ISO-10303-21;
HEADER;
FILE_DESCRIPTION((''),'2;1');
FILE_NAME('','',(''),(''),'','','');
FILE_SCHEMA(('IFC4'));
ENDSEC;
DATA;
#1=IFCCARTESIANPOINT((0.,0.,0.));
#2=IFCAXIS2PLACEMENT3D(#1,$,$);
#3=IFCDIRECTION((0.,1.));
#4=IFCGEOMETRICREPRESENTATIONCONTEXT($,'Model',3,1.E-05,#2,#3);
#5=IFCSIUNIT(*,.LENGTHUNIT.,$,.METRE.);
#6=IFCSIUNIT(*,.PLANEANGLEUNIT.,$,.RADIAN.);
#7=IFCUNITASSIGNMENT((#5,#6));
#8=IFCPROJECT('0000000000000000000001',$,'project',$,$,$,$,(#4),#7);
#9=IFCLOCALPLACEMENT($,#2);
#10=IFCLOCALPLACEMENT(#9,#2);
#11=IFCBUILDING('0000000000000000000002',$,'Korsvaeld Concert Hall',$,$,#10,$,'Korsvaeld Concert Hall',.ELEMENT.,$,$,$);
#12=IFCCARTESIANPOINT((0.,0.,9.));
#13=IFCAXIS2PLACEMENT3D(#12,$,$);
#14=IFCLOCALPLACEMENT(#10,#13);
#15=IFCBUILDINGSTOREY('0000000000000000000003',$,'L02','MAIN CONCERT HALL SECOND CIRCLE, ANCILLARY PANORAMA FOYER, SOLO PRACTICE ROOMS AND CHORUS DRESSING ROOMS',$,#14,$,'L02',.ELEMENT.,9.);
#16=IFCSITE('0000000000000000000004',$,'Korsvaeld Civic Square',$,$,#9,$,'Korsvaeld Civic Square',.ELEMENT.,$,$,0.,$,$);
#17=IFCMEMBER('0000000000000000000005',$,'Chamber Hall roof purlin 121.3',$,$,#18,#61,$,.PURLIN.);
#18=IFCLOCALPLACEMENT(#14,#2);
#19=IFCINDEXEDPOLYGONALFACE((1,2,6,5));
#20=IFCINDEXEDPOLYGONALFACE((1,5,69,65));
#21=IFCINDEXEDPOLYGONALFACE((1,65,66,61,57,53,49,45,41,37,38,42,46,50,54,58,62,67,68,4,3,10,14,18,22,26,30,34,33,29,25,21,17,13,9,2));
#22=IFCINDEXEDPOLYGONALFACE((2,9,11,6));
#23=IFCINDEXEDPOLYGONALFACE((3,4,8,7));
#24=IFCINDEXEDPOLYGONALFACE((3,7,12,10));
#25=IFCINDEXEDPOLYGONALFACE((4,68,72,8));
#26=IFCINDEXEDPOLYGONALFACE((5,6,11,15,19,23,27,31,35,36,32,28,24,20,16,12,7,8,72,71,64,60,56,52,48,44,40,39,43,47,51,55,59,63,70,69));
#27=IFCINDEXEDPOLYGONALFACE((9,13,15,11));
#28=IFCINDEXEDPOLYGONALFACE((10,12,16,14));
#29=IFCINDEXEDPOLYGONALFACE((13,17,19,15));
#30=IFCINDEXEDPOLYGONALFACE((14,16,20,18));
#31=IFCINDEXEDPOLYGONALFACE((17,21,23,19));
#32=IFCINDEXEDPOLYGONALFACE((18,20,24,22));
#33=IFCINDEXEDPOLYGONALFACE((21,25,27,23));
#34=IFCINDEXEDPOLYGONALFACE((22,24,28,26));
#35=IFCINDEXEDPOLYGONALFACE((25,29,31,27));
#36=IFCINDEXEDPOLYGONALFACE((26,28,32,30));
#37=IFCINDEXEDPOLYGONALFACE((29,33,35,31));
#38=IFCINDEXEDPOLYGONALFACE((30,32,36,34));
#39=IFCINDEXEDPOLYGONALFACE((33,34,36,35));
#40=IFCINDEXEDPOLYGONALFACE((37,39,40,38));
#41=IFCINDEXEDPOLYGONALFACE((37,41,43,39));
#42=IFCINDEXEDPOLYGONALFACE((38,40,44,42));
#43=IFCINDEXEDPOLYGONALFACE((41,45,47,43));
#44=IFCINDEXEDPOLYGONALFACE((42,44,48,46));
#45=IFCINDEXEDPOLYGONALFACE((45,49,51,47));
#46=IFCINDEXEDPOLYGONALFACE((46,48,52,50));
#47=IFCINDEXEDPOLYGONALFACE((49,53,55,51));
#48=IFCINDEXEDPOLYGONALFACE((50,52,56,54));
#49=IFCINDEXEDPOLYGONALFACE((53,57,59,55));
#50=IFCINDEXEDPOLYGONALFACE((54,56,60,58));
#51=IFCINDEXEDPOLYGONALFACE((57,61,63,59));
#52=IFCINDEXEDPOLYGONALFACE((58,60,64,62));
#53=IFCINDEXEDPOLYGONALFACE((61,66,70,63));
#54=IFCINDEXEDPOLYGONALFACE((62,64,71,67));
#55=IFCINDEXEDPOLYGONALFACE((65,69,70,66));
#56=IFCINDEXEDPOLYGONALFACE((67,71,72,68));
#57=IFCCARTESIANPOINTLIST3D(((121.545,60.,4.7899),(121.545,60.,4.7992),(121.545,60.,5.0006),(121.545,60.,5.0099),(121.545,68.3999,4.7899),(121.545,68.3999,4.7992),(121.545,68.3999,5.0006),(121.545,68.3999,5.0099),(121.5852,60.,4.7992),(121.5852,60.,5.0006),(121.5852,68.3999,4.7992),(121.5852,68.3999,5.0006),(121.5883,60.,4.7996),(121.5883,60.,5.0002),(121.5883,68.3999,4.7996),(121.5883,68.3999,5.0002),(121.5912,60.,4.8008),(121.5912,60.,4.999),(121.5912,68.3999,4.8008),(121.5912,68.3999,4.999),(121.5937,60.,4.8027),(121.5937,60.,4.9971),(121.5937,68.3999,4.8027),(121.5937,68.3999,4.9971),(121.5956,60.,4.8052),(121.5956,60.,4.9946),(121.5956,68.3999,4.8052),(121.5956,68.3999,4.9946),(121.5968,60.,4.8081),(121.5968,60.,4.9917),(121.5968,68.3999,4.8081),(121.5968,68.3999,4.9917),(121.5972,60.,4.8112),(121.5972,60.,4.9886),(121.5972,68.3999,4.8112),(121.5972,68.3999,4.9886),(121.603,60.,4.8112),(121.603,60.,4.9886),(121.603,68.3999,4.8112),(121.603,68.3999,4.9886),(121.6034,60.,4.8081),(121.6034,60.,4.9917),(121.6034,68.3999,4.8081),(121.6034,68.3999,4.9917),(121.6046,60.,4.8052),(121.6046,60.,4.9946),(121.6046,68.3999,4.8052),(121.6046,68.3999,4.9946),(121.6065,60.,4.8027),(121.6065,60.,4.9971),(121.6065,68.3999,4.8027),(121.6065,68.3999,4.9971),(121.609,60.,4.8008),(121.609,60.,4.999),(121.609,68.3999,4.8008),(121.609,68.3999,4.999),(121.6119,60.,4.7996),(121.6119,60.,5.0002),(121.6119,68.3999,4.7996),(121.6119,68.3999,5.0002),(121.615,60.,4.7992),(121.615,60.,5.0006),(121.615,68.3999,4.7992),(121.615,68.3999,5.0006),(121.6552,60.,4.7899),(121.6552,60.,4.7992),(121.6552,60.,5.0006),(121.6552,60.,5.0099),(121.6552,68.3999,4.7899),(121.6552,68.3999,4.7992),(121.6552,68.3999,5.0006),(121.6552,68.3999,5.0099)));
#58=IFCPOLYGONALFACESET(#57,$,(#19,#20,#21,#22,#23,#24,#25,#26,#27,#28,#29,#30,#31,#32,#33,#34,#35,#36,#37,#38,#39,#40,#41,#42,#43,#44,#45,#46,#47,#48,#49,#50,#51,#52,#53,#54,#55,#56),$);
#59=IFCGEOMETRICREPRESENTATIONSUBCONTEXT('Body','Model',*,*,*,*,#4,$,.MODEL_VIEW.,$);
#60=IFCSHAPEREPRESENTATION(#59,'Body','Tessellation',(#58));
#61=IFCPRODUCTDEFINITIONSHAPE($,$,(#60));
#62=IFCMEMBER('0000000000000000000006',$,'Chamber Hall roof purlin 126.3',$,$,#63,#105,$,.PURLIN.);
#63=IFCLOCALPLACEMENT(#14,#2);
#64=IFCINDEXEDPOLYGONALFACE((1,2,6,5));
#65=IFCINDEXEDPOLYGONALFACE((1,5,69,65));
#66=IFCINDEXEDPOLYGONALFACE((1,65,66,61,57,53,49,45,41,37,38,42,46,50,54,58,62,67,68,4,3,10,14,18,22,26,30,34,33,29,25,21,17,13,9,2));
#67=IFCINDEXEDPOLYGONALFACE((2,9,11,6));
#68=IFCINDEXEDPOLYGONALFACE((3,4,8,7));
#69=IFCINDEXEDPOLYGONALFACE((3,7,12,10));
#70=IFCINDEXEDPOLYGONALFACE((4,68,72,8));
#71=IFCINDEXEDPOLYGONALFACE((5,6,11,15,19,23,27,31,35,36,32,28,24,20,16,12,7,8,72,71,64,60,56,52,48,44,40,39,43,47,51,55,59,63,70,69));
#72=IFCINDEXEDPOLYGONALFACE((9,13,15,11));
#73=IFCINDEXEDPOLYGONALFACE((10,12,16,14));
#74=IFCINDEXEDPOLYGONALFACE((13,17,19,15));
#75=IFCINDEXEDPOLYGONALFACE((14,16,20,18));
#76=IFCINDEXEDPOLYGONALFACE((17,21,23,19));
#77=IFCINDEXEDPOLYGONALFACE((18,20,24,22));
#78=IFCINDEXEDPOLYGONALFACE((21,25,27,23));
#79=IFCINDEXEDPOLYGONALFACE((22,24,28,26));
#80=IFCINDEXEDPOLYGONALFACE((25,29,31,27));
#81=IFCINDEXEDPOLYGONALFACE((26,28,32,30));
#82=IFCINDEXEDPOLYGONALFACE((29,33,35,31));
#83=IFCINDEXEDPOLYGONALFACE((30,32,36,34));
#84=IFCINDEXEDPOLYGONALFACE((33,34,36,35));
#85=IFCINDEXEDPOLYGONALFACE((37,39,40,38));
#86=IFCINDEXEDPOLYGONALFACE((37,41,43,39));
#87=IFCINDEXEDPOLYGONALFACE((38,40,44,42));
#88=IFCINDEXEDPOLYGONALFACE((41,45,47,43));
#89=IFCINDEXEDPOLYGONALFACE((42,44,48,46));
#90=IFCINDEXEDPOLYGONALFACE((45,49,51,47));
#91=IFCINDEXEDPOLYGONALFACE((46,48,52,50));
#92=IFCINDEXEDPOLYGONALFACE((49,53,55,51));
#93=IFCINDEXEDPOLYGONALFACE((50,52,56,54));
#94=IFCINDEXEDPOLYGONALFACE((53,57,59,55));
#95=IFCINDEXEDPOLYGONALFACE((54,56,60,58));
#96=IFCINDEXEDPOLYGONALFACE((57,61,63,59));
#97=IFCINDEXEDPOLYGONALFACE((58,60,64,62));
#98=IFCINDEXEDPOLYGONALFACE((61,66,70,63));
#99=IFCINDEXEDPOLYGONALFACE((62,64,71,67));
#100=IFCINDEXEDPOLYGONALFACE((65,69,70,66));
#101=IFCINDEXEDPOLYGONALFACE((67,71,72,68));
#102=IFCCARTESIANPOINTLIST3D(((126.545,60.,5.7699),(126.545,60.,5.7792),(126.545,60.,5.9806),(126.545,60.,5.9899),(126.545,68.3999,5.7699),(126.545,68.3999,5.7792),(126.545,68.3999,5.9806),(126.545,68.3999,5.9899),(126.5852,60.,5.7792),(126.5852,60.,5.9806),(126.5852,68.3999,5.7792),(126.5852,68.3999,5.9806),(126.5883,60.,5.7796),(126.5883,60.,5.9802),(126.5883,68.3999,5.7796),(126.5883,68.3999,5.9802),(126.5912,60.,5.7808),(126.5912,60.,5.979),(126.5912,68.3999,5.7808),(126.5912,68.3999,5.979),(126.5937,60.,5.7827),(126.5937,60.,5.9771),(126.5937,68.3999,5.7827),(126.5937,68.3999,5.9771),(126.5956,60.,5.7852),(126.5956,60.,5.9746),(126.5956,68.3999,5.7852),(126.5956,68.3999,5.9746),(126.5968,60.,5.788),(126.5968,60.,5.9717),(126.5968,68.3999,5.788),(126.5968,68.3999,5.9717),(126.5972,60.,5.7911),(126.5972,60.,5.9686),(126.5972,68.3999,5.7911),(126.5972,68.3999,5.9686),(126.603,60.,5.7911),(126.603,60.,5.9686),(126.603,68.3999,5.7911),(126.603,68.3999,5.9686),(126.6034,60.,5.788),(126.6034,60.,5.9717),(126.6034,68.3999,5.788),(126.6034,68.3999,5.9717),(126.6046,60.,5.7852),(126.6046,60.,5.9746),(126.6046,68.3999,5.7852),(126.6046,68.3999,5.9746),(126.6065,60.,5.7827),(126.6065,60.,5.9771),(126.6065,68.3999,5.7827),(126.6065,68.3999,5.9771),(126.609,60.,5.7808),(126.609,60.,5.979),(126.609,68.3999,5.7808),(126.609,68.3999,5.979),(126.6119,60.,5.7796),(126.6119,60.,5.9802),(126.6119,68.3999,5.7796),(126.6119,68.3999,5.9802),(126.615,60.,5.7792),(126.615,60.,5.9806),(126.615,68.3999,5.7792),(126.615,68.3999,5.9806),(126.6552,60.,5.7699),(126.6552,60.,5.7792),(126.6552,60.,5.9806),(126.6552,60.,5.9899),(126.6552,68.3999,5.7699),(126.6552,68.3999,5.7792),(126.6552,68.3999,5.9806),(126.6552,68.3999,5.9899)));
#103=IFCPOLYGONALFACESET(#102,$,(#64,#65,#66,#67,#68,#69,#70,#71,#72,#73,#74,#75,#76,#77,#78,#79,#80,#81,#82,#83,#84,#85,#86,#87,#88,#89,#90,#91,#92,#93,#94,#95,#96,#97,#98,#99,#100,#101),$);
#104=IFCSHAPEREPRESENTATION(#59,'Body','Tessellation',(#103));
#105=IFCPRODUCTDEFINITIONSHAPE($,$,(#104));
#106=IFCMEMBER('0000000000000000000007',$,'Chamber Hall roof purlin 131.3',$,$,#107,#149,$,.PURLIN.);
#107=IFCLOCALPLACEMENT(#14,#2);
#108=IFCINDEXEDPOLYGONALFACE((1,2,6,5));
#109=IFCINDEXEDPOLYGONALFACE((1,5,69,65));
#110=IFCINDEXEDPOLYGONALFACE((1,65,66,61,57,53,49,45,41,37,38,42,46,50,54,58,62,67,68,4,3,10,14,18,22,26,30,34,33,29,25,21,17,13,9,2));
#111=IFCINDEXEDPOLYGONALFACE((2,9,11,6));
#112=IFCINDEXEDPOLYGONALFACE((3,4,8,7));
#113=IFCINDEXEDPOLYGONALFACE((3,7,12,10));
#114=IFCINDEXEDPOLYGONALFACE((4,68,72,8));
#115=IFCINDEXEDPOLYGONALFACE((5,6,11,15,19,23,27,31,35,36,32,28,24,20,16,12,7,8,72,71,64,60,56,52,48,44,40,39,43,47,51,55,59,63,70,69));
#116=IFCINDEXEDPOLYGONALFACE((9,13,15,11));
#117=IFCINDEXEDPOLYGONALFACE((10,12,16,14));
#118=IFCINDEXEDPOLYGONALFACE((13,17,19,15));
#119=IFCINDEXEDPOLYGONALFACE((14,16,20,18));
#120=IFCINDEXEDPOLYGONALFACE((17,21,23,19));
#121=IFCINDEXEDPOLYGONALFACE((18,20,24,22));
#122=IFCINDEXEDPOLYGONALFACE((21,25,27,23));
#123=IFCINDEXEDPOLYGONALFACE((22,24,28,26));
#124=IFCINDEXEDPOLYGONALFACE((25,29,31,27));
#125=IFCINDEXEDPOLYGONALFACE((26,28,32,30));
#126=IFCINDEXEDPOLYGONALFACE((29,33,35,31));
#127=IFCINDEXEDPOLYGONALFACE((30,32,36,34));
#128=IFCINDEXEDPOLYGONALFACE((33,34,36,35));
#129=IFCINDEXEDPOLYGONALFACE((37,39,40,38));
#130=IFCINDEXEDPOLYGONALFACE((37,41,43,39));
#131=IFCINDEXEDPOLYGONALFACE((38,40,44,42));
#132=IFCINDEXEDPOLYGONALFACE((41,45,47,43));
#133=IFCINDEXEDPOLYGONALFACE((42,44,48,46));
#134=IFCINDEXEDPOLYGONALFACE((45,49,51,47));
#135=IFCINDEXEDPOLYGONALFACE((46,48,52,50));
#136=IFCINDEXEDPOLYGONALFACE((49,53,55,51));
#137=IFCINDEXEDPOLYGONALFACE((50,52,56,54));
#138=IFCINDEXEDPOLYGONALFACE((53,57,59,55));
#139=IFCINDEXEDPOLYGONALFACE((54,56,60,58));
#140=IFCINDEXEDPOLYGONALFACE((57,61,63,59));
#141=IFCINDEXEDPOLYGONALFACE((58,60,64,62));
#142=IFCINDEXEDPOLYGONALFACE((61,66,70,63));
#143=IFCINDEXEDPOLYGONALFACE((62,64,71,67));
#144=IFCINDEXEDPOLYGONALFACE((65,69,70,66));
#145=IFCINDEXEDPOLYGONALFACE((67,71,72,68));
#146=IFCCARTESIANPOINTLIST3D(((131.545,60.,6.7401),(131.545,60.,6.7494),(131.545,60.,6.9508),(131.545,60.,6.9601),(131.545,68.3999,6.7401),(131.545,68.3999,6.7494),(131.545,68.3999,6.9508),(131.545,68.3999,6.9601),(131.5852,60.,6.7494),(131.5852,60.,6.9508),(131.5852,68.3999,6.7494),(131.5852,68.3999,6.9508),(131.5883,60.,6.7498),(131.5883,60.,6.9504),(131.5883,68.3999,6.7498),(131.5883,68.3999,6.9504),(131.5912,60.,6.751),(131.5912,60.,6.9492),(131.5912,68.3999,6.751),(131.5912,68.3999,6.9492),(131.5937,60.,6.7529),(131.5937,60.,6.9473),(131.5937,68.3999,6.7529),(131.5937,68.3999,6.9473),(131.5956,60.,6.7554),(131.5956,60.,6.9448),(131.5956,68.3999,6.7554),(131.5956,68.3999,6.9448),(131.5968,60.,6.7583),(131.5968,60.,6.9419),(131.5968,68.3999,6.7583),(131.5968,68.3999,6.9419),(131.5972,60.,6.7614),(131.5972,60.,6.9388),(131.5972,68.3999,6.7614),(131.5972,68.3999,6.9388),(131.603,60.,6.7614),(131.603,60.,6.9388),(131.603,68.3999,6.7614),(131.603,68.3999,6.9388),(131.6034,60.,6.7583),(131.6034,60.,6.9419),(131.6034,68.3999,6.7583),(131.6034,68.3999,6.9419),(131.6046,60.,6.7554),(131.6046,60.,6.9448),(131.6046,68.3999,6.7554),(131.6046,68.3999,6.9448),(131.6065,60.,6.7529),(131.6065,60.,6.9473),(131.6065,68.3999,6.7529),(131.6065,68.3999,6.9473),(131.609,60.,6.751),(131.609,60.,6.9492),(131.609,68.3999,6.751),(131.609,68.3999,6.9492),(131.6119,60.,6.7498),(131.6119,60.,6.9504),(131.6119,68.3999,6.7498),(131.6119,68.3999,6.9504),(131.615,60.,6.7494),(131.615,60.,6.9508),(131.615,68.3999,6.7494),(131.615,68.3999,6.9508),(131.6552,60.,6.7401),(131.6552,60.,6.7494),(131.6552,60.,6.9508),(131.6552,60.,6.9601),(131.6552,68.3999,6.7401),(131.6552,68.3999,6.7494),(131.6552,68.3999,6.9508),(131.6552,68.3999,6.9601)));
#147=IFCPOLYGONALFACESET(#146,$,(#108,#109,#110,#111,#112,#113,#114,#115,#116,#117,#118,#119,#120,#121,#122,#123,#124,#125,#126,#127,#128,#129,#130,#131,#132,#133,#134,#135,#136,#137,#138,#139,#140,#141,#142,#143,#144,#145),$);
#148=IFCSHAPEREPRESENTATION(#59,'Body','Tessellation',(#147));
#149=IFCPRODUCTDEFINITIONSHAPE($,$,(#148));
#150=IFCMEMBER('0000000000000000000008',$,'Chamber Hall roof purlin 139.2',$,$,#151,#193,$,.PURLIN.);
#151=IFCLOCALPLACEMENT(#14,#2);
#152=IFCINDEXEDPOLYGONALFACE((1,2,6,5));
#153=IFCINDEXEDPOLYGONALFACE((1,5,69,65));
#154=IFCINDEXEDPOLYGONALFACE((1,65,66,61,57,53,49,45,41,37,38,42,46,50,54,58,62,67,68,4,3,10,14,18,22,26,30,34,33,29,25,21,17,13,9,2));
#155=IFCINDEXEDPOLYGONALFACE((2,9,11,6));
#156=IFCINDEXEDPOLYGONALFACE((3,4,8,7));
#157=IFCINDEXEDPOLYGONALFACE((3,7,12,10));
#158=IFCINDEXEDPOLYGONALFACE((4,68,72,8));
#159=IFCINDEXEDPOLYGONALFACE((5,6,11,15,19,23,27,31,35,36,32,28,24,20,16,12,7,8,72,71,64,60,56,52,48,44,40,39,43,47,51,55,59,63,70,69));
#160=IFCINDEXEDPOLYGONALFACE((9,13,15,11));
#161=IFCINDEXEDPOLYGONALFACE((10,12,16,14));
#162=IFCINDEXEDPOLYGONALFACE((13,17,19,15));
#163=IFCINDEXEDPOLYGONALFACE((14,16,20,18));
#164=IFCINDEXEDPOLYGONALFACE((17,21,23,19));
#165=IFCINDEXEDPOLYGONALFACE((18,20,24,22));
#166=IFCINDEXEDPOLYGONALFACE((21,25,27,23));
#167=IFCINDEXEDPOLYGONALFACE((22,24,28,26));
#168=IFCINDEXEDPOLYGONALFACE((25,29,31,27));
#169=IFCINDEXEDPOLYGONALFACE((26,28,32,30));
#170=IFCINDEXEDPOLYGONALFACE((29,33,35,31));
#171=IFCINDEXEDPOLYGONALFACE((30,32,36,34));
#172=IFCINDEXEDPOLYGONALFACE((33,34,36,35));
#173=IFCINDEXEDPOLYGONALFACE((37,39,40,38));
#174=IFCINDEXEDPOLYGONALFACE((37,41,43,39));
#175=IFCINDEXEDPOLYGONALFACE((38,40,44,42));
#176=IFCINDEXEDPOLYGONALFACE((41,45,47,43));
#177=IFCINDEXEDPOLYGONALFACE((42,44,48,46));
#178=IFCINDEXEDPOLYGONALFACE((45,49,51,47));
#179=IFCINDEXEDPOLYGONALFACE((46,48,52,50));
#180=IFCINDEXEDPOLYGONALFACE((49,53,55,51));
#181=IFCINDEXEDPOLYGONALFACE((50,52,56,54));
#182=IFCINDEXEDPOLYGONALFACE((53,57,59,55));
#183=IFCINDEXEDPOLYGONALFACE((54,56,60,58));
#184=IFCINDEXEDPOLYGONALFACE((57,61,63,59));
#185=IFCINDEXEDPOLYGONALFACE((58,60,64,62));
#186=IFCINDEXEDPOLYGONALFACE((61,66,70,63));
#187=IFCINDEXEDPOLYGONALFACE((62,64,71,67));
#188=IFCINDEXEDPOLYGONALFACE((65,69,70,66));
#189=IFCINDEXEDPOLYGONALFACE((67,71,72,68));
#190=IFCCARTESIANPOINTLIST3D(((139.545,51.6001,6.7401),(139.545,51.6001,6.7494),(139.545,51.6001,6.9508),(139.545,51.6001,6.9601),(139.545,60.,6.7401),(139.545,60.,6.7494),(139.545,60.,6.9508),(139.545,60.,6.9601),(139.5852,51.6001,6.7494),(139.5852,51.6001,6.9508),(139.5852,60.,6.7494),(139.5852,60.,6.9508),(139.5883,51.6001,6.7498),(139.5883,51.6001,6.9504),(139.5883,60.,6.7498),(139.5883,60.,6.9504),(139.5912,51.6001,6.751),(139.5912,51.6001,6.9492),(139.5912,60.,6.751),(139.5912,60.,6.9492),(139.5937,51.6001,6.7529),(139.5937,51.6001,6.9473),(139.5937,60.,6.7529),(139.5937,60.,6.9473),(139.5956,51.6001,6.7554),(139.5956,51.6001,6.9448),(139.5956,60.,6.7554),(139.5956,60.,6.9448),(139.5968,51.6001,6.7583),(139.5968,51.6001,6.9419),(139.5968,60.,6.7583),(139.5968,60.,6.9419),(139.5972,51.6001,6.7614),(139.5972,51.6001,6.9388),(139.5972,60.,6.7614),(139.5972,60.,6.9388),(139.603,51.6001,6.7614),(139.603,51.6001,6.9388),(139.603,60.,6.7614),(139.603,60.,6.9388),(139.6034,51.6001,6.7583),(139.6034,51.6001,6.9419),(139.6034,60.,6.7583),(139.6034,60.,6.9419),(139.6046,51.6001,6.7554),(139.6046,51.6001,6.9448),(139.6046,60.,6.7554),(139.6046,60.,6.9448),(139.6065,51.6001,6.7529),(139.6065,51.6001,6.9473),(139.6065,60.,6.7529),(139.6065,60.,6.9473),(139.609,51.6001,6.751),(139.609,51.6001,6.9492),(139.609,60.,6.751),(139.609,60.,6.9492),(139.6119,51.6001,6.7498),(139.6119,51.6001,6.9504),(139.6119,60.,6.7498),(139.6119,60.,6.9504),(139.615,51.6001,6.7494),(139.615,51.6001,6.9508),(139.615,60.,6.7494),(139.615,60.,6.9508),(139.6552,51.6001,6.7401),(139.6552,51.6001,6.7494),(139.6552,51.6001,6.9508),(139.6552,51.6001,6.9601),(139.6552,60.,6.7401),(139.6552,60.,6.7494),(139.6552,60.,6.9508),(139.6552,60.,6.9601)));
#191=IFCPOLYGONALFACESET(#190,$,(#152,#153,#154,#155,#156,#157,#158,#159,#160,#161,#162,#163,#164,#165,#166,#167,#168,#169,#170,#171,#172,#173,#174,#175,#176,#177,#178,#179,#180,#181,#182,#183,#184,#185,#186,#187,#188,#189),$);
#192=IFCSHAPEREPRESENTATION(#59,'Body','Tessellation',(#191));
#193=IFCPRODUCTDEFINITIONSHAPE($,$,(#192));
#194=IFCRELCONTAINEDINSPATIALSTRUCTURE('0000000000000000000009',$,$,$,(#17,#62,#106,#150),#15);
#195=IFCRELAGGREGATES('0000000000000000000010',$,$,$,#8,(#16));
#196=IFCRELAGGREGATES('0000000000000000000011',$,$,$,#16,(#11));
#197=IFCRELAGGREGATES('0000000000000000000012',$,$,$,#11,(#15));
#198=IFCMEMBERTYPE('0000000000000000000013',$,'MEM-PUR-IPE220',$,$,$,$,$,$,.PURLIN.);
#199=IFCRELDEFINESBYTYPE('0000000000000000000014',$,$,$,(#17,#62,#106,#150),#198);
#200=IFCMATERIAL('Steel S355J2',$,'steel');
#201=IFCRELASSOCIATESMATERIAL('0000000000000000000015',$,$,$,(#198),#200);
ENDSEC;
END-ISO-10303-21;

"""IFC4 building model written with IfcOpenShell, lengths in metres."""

from ifc_helpers import new_model, si_unit, direction, frame, origin, origin_2d, place, context, subcontext, project, spatial, i_section, extrude, material, material_profile, profile_set, type_object, element, save


model = new_model("IFC4")

# Units and contexts
model_context = context("Model", 3, precision=1e-05, world=origin(), true_north=direction((0.0, 1.0)))
body_context = subcontext(model_context, "Body", "Model", "MODEL_VIEW")
ifc_project = project(units=[si_unit("LENGTHUNIT", "METRE"), si_unit("PLANEANGLEUNIT", "RADIAN")], contexts=[model_context])

# Site, building, storey
site_placement = place(None, origin())
site = spatial("IfcSite", under=ifc_project, at=site_placement, Name="Korsvaeld Civic Square", LongName="Korsvaeld Civic Square", CompositionType="ELEMENT", RefElevation=0.0)
building_placement = place(site_placement, origin())
building = spatial("IfcBuilding", under=site, at=building_placement, Name="Korsvaeld Concert Hall", LongName="Korsvaeld Concert Hall", CompositionType="ELEMENT")
storey_placement = place(building_placement, frame((0.0, 0.0, 9.0)))
storey = spatial("IfcBuildingStorey", under=building, at=storey_placement, Name="L02", Description="MAIN CONCERT HALL SECOND CIRCLE, ANCILLARY PANORAMA FOYER, SOLO PRACTICE ROOMS AND CHORUS DRESSING ROOMS", LongName="L02", CompositionType="ELEMENT", Elevation=9.0)

# Members
ifc_material_1 = material(Name="Steel S355J2", Category="steel")
ifc_material_profile_1 = material_profile(ifc_material_1, i_section(OverallWidth=0.1101, OverallDepth=0.22, WebThickness=0.0059, FlangeThickness=0.0093, FilletRadius=0.012, at=origin_2d()), Name="IPE 220")
ifc_profile_set_1 = profile_set([ifc_material_profile_1], Name="Steel S355J2")
member_type_1 = type_object("IfcMemberType", Name="MEM-PUR-IPE220", PredefinedType="PURLIN", material=ifc_profile_set_1)
for number, where, z_axis, x_axis, name in (
    (1, (121.6001, 60.0, 4.8999), (0.0, 1.0, 0.0), (-1.0, 0.0, 0.0), "Chamber Hall roof purlin 121.3"),
    (2, (126.6001, 60.0, 5.8799), (0.0, 1.0, 0.0), (-1.0, 0.0, 0.0), "Chamber Hall roof purlin 126.3"),
    (3, (131.6001, 60.0, 6.8501), (0.0, 1.0, 0.0), (-1.0, 0.0, 0.0), "Chamber Hall roof purlin 131.3"),
    (4, (139.6001, 51.6001, 6.8501), (0.0, 1.0, 0.0), (-1.0, 0.0, 0.0), "Chamber Hall roof purlin 139.2"),
):
    element("IfcMember", number, at=place(storey_placement, frame(where, z_axis=z_axis, x_axis=x_axis)), inside=storey, type_object=member_type_1, Name=name, PredefinedType="PURLIN", context=body_context, shape_type="SweptSolid", body=[
        extrude(i_section(OverallWidth=0.1101, OverallDepth=0.22, WebThickness=0.0059, FlangeThickness=0.0093, FilletRadius=0.012, at=origin_2d()), origin(), (0.0, 0.0, 1.0), 8.3999),
    ])

save(model, "model.ifc")
